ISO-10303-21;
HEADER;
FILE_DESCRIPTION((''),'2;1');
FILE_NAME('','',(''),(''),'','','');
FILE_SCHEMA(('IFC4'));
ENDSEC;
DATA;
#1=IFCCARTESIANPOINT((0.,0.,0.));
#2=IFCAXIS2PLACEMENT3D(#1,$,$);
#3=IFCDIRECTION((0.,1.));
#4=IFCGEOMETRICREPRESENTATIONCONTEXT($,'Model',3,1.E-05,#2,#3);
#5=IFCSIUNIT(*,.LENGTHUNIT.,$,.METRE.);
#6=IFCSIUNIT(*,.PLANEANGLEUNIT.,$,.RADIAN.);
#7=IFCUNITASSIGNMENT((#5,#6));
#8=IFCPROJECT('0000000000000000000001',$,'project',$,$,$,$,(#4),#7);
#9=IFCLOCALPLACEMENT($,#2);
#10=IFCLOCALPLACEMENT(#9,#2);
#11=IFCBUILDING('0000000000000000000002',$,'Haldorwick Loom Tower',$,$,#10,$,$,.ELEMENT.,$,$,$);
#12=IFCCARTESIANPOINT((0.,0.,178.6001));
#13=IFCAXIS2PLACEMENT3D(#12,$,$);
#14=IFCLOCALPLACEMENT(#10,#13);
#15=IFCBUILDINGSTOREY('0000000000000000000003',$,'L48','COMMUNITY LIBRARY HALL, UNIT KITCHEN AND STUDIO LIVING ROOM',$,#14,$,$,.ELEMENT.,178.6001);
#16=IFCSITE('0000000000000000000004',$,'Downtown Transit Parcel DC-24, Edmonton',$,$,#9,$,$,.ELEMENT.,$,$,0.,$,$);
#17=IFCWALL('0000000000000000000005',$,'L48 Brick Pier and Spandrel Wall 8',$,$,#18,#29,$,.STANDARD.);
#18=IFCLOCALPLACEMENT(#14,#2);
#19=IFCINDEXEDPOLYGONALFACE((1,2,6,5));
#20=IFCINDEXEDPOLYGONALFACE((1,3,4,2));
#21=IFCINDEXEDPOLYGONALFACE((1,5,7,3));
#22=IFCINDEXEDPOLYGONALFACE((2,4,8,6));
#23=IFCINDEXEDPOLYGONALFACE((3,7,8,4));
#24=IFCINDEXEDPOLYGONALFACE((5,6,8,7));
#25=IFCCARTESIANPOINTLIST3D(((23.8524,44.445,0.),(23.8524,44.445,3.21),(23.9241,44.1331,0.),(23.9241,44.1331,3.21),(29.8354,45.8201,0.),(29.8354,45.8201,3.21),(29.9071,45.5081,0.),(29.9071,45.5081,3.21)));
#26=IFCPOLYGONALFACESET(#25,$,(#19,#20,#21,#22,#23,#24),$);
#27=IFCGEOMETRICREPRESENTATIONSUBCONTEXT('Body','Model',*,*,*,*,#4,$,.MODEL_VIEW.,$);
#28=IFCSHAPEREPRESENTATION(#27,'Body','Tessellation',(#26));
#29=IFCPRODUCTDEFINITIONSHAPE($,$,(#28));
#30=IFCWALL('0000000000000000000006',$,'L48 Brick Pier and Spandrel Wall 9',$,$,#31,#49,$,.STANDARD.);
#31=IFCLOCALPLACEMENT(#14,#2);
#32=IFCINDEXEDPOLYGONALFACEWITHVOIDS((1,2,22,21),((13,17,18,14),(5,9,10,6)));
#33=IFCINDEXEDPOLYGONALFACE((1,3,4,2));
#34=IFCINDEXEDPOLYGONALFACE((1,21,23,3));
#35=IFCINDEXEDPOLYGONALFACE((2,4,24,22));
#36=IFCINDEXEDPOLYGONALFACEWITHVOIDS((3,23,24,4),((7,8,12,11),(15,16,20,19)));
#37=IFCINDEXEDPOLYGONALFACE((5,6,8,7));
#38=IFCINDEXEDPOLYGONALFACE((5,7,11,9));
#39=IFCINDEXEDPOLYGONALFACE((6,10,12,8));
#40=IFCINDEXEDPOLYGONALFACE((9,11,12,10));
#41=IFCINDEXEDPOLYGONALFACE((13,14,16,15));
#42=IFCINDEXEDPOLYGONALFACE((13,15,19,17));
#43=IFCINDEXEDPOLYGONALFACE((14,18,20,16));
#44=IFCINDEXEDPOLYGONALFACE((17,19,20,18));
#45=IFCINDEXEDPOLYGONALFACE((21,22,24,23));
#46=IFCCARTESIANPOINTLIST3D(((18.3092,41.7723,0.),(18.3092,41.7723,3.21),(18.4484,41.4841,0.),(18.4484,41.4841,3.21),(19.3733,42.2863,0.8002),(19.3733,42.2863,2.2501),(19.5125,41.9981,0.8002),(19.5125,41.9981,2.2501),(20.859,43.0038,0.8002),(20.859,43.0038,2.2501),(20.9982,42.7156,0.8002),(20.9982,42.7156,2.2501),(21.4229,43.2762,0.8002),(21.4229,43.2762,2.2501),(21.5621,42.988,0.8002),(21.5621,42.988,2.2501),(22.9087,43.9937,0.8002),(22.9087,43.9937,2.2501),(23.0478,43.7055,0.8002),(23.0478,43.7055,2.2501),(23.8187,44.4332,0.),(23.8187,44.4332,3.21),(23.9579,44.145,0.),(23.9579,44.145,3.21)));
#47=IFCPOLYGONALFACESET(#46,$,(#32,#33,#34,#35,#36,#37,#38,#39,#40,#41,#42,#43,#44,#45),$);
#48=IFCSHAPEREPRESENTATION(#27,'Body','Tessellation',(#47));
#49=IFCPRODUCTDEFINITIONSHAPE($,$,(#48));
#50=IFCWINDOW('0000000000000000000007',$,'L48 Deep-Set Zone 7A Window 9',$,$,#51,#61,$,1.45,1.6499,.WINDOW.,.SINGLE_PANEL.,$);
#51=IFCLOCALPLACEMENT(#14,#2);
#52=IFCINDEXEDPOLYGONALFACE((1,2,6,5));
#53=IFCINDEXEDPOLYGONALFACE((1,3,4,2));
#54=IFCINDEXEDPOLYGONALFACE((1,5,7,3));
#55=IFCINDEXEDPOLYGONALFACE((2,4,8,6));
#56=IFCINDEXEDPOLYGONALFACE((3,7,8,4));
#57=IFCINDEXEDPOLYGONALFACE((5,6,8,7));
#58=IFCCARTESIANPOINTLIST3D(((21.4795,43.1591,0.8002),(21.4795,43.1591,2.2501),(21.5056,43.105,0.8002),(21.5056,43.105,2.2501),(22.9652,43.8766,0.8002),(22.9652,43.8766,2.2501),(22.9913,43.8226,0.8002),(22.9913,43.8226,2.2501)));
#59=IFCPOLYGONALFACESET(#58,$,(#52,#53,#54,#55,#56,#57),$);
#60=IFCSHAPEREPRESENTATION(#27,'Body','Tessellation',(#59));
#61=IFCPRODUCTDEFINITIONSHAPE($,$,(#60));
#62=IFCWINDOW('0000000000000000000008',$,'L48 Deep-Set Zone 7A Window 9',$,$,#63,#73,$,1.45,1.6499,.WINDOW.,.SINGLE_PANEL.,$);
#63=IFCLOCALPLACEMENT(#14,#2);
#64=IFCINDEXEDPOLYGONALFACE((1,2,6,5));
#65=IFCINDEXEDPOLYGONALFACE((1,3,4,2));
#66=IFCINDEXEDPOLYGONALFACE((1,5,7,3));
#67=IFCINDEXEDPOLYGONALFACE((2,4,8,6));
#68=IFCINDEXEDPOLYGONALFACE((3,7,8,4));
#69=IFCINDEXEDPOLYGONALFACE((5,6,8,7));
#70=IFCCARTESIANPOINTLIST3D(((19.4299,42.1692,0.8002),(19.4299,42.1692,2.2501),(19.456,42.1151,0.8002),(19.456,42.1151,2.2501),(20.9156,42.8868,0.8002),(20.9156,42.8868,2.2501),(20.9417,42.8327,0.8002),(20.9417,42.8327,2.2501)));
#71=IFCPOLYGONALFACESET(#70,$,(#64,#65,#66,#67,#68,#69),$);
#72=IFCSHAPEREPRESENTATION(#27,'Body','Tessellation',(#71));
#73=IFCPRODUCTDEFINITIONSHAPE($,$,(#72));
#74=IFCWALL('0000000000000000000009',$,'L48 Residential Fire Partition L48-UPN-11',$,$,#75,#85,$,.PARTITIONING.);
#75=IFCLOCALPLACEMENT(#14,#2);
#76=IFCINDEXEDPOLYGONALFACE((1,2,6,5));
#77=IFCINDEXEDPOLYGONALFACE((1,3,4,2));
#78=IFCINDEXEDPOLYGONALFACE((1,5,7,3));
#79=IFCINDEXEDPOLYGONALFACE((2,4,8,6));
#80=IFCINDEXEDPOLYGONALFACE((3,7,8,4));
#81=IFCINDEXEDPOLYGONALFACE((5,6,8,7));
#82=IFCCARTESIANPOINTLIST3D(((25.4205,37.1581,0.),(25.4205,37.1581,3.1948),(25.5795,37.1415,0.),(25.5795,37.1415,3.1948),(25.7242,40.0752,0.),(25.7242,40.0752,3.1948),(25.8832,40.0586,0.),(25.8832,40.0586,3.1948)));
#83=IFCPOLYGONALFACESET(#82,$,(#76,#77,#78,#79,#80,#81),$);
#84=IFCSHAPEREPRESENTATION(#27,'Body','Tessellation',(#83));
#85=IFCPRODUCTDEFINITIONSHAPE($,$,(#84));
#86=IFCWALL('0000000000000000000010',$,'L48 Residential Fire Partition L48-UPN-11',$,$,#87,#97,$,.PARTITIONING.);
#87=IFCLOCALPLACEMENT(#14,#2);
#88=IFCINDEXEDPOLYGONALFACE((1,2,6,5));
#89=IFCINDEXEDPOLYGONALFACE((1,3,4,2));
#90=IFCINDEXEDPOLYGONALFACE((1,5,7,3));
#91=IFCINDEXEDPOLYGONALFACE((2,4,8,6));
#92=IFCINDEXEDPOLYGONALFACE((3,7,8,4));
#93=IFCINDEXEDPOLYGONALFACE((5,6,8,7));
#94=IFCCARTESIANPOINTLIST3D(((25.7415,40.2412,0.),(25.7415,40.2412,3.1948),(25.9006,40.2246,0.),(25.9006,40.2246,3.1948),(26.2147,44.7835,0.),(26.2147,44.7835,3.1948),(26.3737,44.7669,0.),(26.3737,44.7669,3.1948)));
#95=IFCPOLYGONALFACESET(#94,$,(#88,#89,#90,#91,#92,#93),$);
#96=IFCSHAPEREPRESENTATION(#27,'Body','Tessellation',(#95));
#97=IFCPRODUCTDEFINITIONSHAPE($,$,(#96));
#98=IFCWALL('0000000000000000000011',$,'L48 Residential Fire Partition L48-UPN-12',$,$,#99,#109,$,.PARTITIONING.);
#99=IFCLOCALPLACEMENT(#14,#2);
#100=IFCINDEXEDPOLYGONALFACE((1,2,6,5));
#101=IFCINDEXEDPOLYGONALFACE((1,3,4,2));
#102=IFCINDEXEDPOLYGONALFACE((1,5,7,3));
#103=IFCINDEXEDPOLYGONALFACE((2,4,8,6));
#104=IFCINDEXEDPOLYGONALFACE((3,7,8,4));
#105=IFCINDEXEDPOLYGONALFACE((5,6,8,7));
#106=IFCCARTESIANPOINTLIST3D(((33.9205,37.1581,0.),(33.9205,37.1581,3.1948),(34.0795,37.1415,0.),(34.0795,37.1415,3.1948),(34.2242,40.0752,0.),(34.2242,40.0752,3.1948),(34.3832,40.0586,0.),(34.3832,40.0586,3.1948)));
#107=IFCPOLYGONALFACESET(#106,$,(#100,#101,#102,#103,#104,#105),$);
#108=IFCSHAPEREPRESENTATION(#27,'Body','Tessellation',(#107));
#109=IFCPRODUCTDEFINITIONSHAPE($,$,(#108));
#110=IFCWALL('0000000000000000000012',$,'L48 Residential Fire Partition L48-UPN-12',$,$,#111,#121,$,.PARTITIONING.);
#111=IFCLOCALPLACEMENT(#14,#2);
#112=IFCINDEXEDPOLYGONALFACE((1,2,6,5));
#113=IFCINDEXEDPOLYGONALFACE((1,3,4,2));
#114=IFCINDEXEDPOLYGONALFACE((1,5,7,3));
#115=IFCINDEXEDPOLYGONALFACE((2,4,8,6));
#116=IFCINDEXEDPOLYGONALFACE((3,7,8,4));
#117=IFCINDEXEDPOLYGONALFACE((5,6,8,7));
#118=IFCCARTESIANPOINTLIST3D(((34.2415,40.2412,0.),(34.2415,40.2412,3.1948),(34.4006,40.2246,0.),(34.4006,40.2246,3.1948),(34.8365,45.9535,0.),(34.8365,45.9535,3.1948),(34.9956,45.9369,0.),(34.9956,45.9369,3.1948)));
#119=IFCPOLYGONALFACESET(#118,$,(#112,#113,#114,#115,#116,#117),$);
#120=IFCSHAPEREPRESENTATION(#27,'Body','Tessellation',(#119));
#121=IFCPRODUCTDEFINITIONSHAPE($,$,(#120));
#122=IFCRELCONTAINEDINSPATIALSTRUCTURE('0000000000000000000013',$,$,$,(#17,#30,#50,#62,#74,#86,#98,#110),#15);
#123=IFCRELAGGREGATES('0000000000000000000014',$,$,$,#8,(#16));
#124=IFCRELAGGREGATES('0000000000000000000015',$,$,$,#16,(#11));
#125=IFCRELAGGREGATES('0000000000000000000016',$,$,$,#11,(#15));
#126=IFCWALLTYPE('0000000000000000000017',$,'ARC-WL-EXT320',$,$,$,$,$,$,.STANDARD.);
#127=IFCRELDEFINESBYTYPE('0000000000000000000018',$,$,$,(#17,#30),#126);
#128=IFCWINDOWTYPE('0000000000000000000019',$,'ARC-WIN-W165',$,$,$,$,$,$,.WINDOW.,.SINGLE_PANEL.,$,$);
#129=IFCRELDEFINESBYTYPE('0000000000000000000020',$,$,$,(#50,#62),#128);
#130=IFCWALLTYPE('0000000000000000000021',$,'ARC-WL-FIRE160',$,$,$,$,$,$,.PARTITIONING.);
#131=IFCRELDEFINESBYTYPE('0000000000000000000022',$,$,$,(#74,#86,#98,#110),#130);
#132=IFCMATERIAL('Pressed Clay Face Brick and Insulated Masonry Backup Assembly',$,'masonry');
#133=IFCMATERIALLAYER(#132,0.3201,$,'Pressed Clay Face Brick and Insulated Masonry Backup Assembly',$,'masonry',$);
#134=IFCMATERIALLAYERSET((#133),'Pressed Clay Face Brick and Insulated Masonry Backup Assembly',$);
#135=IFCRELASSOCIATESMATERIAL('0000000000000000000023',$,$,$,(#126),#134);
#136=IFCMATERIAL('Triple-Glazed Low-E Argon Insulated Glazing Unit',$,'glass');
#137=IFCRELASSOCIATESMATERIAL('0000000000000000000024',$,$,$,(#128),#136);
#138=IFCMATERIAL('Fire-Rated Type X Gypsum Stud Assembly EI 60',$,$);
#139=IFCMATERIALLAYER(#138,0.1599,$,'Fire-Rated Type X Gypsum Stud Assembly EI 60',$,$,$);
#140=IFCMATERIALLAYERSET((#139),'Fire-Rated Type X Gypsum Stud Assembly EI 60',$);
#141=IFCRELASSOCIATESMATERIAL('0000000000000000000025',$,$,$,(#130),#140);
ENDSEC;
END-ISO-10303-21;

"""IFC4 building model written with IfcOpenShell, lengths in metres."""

from ifc_helpers import new_model, si_unit, direction, frame, frame_2d, origin, place, context, subcontext, project, spatial, rectangle, extrude, material, layer, layer_set, type_object, element, fill, save


model = new_model("IFC4")

# Units and contexts
model_context = context("Model", 3, precision=1e-05, world=origin(), true_north=direction((0.0, 1.0)))
body_context = subcontext(model_context, "Body", "Model", "MODEL_VIEW")
ifc_project = project(units=[si_unit("LENGTHUNIT", "METRE"), si_unit("PLANEANGLEUNIT", "RADIAN")], contexts=[model_context])

# Site, building, storey
site_placement = place(None, origin())
site = spatial("IfcSite", under=ifc_project, at=site_placement, Name="Downtown Transit Parcel DC-24, Edmonton", CompositionType="ELEMENT", RefElevation=0.0)
building_placement = place(site_placement, origin())
building = spatial("IfcBuilding", under=site, at=building_placement, Name="Haldorwick Loom Tower", CompositionType="ELEMENT")
storey_placement = place(building_placement, frame((0.0, 0.0, 178.6001)))
storey = spatial("IfcBuildingStorey", under=building, at=storey_placement, Name="L48", Description="COMMUNITY LIBRARY HALL, UNIT KITCHEN AND STUDIO LIVING ROOM", CompositionType="ELEMENT", Elevation=178.6001)

# Wall
ifc_material_1 = material(Name="Pressed Clay Face Brick and Insulated Masonry Backup Assembly", Category="masonry")
ifc_layer_1 = layer(ifc_material_1, 0.3201, Name="Pressed Clay Face Brick and Insulated Masonry Backup Assembly", Category="masonry")
ifc_layer_set_1 = layer_set([ifc_layer_1], Name="Pressed Clay Face Brick and Insulated Masonry Backup Assembly")
wall_type_1 = type_object("IfcWallType", Name="ARC-WL-EXT320", PredefinedType="STANDARD", material=ifc_layer_set_1)
wall_1_placement = place(storey_placement, frame((29.8711, 45.6641, 0.0), z_axis=(0.0, 0.0, 1.0), x_axis=(-0.974593, -0.223982, 0.0)))
element("IfcWall", 1, at=wall_1_placement, inside=storey, type_object=wall_type_1, Name="L48 Brick Pier and Spandrel Wall 8", PredefinedType="STANDARD", context=body_context, shape_type="SweptSolid", body=[
    extrude(rectangle(XDim=6.1389, YDim=0.3201, at=frame_2d((3.0693, 0.0))), origin(), (0.0, 0.0, 1.0), 3.21),
])

# Wall, openings, windows
wall_2_placement = place(storey_placement, frame((23.8882, 44.2891, 0.0), z_axis=(0.0, 0.0, 1.0), x_axis=(-0.90048, -0.434897, 0.0)))
wall_2 = element("IfcWall", 2, at=wall_2_placement, inside=storey, type_object=wall_type_1, Name="L48 Brick Pier and Spandrel Wall 9", PredefinedType="STANDARD", context=body_context, shape_type="SweptSolid", body=[
    extrude(rectangle(XDim=6.1184, YDim=0.3201, at=frame_2d((3.0591, 0.0))), origin(), (0.0, 0.0, 1.0), 3.21),
])
opening_1_placement = place(wall_2_placement, frame((1.0105, 0.0, 0.8)))
opening_1 = element("IfcOpeningElement", 3, at=opening_1_placement, cuts=wall_2, PredefinedType="OPENING", context=body_context, shape_type="SweptSolid", body=[
    extrude(rectangle(XDim=1.6499, YDim=1.45, at=frame_2d((0.825, 0.7251))), frame((0.0, 0.1699, 0.0), z_axis=(0.0, -1.0, 0.0), x_axis=(1.0, 0.0, 0.0)), (0.0, 0.0, 1.0), 0.3401),
])
opening_2_placement = place(wall_2_placement, frame((3.2866, 0.0, 0.8)))
opening_2 = element("IfcOpeningElement", 4, at=opening_2_placement, cuts=wall_2, PredefinedType="OPENING", context=body_context, shape_type="SweptSolid", body=[
    extrude(rectangle(XDim=1.6499, YDim=1.45, at=frame_2d((0.825, 0.7251))), frame((0.0, 0.1699, 0.0), z_axis=(0.0, -1.0, 0.0), x_axis=(1.0, 0.0, 0.0)), (0.0, 0.0, 1.0), 0.3401),
])
ifc_material_2 = material(Name="Triple-Glazed Low-E Argon Insulated Glazing Unit", Category="glass")
window_type = type_object("IfcWindowType", Name="ARC-WIN-W165", PartitioningType="SINGLE_PANEL", PredefinedType="WINDOW", material=ifc_material_2)
window_1_placement = place(opening_1_placement, origin())
window_1 = element("IfcWindow", 5, at=window_1_placement, inside=storey, type_object=window_type, Name="L48 Deep-Set Zone 7A Window 9", OverallHeight=1.45, OverallWidth=1.6499, PartitioningType="SINGLE_PANEL", PredefinedType="WINDOW", context=body_context, shape_type="SweptSolid", body=[
    extrude(rectangle(XDim=1.6499, YDim=1.45, at=frame_2d((0.825, 0.7251))), frame((0.0, 0.03, 0.0), z_axis=(0.0, -1.0, 0.0), x_axis=(1.0, 0.0, 0.0)), (0.0, 0.0, 1.0), 0.0601),
])
fill(opening_1, window_1)
window_2_placement = place(opening_2_placement, origin())
window_2 = element("IfcWindow", 6, at=window_2_placement, inside=storey, type_object=window_type, Name="L48 Deep-Set Zone 7A Window 9", OverallHeight=1.45, OverallWidth=1.6499, PartitioningType="SINGLE_PANEL", PredefinedType="WINDOW", context=body_context, shape_type="SweptSolid", body=[
    extrude(rectangle(XDim=1.6499, YDim=1.45, at=frame_2d((0.825, 0.7251))), frame((0.0, 0.03, 0.0), z_axis=(0.0, -1.0, 0.0), x_axis=(1.0, 0.0, 0.0)), (0.0, 0.0, 1.0), 0.0601),
])
fill(opening_2, window_2)

# Walls
ifc_material_3 = material(Name="Fire-Rated Type X Gypsum Stud Assembly EI 60")
ifc_layer_2 = layer(ifc_material_3, 0.1599, Name="Fire-Rated Type X Gypsum Stud Assembly EI 60")
ifc_layer_set_2 = layer_set([ifc_layer_2], Name="Fire-Rated Type X Gypsum Stud Assembly EI 60")
wall_type_2 = type_object("IfcWallType", Name="ARC-WL-FIRE160", PredefinedType="PARTITIONING", material=ifc_layer_set_2)
wall_3_placement = place(storey_placement, frame((25.5, 37.1499, 0.0), z_axis=(0.0, 0.0, 1.0), x_axis=(0.103558, 0.994623, 0.0)))
element("IfcWall", 7, at=wall_3_placement, inside=storey, type_object=wall_type_2, Name="L48 Residential Fire Partition L48-UPN-11", PredefinedType="PARTITIONING", context=body_context, shape_type="SweptSolid", body=[
    extrude(rectangle(XDim=2.9329, YDim=0.1599, at=frame_2d((1.4663, 0.0))), origin(), (0.0, 0.0, 1.0), 3.1948),
])
wall_4_placement = place(storey_placement, frame((25.821, 40.2329, 0.0), z_axis=(0.0, 0.0, 1.0), x_axis=(0.103605, 0.994619, 0.0)))
element("IfcWall", 8, at=wall_4_placement, inside=storey, type_object=wall_type_2, Name="L48 Residential Fire Partition L48-UPN-11", PredefinedType="PARTITIONING", context=body_context, shape_type="SweptSolid", body=[
    extrude(rectangle(XDim=4.5669, YDim=0.1599, at=frame_2d((2.2834, 0.0))), origin(), (0.0, 0.0, 1.0), 3.1948),
])
wall_5_placement = place(storey_placement, frame((34.0, 37.1499, 0.0), z_axis=(0.0, 0.0, 1.0), x_axis=(0.103558, 0.994623, 0.0)))
element("IfcWall", 9, at=wall_5_placement, inside=storey, type_object=wall_type_2, Name="L48 Residential Fire Partition L48-UPN-12", PredefinedType="PARTITIONING", context=body_context, shape_type="SweptSolid", body=[
    extrude(rectangle(XDim=2.9329, YDim=0.1599, at=frame_2d((1.4663, 0.0))), origin(), (0.0, 0.0, 1.0), 3.1948),
])
wall_6_placement = place(storey_placement, frame((34.321, 40.2329, 0.0), z_axis=(0.0, 0.0, 1.0), x_axis=(0.103598, 0.994619, 0.0)))
element("IfcWall", 10, at=wall_6_placement, inside=storey, type_object=wall_type_2, Name="L48 Residential Fire Partition L48-UPN-12", PredefinedType="PARTITIONING", context=body_context, shape_type="SweptSolid", body=[
    extrude(rectangle(XDim=5.7432, YDim=0.1599, at=frame_2d((2.8716, 0.0))), origin(), (0.0, 0.0, 1.0), 3.1948),
])

save(model, "model.ifc")
